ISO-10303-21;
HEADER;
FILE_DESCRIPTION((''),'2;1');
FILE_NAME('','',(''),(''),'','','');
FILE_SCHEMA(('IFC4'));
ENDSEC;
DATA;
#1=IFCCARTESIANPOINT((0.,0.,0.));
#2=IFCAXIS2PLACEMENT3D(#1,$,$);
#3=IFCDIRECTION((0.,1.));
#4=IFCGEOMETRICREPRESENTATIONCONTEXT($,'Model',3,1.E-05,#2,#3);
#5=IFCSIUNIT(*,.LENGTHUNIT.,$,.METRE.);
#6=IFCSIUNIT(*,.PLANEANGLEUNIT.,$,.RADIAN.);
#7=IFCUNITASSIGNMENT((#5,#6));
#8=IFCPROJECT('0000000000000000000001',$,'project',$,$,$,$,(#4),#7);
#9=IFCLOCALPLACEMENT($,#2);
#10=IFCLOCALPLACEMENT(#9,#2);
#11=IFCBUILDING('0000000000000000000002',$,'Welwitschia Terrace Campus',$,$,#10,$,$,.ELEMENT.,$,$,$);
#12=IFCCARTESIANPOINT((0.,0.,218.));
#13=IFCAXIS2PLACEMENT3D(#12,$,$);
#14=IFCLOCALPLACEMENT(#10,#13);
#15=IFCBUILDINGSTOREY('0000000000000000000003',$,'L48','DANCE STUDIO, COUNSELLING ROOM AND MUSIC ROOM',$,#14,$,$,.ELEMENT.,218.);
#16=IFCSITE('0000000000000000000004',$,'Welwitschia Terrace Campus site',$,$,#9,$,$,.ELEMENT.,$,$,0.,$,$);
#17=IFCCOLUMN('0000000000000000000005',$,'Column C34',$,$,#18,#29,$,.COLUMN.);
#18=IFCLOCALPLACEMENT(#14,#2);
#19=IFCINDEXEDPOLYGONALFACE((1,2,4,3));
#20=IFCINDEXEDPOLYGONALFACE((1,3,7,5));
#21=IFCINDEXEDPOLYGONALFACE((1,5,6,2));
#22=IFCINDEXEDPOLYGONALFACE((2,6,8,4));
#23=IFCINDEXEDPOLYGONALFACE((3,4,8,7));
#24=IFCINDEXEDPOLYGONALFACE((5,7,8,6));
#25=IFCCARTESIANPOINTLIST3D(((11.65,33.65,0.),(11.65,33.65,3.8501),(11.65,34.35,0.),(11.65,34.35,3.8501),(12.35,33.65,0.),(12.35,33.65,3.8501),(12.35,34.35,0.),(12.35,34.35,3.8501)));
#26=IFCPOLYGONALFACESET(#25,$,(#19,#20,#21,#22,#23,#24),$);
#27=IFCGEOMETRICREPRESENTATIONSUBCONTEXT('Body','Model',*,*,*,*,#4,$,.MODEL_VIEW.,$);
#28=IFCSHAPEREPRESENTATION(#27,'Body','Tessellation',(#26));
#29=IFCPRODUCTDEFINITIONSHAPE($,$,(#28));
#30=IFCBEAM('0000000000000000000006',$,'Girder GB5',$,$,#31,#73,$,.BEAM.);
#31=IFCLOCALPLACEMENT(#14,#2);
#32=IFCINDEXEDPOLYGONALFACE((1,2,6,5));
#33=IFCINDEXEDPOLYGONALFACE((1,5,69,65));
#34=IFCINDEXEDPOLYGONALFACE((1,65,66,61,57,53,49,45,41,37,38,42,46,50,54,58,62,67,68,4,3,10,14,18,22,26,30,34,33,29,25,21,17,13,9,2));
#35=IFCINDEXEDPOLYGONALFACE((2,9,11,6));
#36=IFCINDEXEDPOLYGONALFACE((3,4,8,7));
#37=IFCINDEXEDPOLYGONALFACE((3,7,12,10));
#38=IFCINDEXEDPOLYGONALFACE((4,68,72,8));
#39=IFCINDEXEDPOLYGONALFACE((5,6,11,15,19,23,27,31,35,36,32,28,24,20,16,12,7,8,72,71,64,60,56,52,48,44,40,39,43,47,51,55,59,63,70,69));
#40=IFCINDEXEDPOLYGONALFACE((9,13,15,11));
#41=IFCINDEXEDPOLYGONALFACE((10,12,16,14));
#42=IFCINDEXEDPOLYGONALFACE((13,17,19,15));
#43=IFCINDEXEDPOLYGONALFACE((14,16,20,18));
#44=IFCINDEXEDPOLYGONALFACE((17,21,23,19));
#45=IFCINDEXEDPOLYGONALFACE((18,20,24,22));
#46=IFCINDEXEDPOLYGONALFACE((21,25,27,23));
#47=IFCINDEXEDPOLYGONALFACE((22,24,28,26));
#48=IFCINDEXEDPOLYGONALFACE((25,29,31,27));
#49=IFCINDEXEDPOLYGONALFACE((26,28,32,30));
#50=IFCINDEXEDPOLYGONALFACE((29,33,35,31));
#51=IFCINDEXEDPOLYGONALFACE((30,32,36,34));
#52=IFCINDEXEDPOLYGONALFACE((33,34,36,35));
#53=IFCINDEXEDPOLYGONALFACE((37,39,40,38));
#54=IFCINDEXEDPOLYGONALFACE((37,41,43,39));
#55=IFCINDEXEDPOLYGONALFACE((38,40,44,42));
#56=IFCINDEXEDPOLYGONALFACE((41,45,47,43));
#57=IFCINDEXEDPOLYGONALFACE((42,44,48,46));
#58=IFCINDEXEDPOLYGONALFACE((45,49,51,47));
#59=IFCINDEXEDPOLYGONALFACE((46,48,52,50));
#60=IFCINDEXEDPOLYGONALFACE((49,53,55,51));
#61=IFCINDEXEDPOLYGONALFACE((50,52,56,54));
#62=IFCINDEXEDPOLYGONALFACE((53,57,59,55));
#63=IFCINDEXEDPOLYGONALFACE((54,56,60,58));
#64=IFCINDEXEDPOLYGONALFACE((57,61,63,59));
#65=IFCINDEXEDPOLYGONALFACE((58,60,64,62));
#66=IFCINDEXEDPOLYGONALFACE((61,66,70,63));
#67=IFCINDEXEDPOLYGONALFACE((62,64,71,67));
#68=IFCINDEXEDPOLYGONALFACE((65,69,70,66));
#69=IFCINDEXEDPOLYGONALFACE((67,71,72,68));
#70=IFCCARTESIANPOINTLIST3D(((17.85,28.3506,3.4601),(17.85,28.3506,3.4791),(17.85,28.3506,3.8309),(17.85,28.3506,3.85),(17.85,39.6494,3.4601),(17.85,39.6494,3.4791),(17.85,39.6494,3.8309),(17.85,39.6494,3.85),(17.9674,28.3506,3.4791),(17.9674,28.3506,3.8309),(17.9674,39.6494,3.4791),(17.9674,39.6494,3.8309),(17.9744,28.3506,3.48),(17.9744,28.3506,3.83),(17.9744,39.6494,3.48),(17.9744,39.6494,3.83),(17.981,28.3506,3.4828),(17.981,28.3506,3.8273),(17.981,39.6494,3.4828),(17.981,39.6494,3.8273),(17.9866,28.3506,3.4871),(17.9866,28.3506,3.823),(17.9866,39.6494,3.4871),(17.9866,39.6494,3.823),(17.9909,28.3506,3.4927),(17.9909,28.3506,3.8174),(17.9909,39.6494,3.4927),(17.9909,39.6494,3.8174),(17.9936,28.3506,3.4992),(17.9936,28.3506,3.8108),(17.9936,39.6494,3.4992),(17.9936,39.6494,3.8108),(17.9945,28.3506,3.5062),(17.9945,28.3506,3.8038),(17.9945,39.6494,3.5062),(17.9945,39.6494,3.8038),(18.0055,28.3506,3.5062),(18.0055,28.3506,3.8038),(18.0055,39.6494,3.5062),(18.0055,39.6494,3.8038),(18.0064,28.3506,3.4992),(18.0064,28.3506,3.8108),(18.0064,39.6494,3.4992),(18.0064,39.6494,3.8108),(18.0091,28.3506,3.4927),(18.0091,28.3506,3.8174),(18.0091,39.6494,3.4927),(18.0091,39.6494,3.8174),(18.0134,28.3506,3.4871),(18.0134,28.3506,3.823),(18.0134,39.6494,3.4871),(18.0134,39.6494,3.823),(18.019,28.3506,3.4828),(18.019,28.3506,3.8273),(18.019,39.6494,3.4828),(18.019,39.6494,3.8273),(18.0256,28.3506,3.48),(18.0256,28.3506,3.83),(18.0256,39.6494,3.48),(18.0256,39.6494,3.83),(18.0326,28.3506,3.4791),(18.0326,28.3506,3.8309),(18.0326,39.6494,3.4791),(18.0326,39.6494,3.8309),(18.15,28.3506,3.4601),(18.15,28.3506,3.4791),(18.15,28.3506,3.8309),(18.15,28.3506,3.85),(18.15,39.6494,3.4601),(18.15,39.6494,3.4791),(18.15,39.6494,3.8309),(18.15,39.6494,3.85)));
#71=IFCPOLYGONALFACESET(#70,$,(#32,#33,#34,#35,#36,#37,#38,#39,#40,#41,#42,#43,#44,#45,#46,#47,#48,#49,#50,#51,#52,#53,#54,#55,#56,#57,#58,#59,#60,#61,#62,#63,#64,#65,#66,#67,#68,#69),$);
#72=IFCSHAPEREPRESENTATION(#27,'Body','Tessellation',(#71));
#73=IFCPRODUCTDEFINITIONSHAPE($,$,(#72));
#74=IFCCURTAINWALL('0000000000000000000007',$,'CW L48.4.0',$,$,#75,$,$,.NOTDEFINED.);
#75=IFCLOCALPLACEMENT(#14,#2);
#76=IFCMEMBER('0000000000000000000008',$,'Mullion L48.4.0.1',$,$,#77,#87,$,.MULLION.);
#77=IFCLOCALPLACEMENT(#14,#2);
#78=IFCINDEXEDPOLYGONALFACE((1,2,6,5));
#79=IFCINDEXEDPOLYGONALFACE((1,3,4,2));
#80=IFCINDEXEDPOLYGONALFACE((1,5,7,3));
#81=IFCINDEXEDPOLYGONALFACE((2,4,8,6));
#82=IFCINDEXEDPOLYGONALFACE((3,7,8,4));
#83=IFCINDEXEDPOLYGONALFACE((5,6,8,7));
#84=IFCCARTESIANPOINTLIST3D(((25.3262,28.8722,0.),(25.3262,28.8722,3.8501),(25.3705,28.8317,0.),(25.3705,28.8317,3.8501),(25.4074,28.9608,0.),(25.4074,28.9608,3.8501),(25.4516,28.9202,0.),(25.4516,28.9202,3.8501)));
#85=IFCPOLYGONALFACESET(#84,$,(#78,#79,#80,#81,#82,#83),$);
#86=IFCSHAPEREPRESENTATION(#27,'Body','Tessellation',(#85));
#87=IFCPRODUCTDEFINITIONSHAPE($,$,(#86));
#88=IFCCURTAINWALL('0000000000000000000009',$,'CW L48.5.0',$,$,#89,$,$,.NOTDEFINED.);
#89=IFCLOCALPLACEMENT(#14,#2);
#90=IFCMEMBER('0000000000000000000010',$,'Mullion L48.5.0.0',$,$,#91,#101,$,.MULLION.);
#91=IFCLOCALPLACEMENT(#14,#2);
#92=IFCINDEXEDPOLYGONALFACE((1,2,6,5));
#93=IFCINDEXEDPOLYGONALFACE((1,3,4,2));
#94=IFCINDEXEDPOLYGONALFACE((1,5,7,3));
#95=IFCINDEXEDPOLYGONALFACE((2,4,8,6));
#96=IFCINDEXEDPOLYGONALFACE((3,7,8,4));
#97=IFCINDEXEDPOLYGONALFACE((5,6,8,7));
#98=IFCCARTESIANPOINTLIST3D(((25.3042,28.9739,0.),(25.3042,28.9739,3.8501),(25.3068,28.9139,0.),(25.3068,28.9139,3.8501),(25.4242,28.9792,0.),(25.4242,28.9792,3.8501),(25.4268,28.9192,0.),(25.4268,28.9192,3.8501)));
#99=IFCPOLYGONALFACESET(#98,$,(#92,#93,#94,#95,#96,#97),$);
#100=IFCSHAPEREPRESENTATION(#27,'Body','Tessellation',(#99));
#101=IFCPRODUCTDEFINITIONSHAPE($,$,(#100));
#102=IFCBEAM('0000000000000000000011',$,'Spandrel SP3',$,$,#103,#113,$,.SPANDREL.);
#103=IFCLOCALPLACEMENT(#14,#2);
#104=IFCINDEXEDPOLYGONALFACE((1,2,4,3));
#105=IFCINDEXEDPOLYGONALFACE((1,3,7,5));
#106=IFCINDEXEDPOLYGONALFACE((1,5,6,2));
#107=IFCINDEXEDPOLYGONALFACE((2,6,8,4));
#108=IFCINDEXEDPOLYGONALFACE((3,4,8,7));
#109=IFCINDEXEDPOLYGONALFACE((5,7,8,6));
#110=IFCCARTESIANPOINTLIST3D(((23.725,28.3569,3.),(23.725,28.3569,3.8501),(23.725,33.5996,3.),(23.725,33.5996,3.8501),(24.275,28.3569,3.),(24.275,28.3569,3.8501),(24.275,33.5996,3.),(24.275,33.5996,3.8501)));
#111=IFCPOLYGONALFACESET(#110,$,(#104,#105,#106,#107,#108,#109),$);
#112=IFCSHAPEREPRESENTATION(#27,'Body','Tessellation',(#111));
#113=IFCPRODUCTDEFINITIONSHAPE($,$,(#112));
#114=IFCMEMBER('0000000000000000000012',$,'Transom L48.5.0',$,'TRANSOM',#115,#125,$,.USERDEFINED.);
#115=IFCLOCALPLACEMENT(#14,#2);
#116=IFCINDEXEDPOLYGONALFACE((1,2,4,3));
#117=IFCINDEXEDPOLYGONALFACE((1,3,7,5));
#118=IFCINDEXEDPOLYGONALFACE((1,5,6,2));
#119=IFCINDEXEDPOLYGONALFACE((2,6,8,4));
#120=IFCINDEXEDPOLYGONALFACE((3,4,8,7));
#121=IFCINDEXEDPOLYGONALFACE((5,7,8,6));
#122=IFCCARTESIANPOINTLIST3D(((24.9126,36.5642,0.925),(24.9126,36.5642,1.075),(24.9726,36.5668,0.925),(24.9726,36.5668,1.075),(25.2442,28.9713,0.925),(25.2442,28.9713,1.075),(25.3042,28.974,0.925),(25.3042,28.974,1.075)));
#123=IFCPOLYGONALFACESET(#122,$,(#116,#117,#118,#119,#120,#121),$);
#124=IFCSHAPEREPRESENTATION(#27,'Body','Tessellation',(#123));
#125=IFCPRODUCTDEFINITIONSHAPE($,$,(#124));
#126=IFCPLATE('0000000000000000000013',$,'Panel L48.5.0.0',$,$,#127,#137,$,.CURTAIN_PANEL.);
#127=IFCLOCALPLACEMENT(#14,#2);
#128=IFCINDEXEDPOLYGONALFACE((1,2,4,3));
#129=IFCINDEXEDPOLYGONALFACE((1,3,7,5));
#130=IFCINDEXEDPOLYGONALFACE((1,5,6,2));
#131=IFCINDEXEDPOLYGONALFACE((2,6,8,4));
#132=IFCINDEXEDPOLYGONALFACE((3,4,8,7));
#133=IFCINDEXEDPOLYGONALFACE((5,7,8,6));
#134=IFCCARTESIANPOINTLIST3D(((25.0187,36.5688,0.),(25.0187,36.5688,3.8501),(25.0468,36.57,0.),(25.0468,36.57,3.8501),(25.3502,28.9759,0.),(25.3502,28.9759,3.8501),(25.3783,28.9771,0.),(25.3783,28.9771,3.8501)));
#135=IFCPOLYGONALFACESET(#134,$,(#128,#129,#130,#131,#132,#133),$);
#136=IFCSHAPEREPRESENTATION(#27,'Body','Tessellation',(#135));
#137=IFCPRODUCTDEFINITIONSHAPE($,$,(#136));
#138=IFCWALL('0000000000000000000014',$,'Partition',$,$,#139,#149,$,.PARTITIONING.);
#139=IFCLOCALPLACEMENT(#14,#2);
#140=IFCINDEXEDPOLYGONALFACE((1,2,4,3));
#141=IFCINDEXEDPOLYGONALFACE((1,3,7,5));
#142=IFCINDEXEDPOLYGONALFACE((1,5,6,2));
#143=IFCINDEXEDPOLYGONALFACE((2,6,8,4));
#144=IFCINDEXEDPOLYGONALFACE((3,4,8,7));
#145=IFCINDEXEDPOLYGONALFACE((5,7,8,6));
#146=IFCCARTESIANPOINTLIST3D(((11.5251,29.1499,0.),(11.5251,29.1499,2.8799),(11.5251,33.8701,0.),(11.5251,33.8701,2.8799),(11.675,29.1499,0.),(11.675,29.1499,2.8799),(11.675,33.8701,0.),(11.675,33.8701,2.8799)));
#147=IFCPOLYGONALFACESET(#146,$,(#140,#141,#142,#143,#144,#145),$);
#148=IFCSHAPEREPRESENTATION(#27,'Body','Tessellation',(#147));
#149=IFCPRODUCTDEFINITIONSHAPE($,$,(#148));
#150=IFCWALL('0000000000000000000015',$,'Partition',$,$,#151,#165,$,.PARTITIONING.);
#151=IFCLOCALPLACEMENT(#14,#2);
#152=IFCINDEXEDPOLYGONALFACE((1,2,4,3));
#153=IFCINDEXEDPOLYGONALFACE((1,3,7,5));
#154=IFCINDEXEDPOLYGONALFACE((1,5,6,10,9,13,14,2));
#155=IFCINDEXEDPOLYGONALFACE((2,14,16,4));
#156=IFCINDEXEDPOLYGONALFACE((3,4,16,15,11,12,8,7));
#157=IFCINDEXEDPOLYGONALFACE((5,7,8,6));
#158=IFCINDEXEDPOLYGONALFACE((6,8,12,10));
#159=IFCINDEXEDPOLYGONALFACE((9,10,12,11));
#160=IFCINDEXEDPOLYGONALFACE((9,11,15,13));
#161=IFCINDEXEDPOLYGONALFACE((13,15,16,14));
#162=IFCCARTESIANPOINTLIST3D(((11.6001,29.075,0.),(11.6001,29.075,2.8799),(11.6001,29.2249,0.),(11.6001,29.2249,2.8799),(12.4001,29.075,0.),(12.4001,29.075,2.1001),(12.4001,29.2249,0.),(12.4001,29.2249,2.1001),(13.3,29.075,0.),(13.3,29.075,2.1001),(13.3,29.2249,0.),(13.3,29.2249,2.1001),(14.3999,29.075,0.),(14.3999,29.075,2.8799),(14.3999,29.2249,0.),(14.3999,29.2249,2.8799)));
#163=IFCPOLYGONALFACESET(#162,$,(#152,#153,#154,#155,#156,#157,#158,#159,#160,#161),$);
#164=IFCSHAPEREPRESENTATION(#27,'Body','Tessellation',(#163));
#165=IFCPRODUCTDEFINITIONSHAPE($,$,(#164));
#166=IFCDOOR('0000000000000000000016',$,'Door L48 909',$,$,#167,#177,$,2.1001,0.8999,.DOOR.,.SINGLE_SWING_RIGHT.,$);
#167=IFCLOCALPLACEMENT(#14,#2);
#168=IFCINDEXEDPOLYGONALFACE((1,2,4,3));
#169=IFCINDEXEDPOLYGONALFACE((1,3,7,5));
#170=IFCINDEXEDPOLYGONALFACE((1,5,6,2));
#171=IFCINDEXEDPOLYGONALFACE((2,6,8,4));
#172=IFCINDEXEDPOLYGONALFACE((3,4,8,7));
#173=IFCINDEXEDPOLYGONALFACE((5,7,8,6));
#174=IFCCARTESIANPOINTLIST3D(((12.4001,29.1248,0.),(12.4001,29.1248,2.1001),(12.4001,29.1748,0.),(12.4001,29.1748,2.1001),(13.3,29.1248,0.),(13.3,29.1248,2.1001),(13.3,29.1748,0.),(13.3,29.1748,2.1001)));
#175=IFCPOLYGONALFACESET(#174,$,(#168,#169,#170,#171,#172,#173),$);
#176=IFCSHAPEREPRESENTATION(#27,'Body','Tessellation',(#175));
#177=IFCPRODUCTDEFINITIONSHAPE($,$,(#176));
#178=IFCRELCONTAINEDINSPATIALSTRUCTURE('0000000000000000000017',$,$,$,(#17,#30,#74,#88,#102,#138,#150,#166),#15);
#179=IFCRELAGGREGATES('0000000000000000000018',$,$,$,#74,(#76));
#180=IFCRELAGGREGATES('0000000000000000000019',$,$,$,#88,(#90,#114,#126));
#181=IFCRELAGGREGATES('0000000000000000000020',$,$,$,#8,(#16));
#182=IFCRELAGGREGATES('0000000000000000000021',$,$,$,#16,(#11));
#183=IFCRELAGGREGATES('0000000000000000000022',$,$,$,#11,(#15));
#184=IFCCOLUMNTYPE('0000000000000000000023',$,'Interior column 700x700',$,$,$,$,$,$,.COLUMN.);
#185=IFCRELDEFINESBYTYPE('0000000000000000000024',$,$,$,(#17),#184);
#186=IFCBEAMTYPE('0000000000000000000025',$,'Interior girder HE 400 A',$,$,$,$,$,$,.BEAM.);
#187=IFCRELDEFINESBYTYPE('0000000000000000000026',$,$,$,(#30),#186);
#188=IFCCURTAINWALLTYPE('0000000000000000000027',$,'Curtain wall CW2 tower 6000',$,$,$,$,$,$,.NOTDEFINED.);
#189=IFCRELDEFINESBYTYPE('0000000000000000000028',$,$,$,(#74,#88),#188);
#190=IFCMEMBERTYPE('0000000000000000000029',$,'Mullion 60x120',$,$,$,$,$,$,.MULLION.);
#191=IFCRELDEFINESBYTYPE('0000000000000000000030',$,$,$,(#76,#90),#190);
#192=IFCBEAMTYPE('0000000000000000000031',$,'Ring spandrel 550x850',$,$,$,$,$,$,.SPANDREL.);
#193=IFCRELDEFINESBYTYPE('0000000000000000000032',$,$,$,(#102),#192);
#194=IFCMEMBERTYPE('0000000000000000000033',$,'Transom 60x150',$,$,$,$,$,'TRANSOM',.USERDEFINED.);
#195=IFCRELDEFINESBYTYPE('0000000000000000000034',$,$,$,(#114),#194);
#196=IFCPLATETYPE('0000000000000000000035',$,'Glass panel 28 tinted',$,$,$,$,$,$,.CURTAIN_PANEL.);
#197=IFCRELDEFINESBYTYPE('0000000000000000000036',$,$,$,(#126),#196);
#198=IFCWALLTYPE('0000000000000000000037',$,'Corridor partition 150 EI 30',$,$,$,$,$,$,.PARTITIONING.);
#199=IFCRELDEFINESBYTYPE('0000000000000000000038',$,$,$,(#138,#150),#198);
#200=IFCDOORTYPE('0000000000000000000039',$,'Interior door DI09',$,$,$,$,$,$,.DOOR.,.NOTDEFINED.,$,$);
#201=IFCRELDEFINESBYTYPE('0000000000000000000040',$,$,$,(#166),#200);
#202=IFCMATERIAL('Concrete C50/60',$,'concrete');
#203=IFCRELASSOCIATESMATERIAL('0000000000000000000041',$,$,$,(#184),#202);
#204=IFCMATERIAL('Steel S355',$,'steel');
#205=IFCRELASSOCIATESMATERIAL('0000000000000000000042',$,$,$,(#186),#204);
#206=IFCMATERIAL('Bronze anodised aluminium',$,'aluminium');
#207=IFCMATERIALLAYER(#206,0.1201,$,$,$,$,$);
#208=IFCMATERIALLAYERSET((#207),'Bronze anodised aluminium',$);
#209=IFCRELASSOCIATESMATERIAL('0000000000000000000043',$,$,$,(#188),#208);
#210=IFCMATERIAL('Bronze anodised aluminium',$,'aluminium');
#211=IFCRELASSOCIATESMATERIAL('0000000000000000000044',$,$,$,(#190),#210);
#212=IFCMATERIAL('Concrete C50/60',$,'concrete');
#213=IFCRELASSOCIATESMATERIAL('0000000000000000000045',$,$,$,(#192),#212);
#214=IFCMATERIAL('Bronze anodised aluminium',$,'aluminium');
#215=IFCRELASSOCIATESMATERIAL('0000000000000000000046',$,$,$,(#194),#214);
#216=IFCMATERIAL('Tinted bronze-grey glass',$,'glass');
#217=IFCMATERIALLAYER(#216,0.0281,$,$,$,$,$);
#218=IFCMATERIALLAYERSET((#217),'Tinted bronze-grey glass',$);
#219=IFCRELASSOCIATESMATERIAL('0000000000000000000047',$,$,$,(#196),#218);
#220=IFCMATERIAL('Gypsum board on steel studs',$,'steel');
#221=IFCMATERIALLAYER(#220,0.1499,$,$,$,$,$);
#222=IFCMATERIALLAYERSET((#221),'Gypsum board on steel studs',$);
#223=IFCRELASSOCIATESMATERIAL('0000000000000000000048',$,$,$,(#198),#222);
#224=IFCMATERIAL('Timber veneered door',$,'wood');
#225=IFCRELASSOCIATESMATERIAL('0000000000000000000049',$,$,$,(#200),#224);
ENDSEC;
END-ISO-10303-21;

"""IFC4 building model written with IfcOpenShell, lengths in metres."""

from ifc_helpers import new_model, si_unit, direction, frame, frame_2d, origin, origin_2d, place, context, subcontext, project, spatial, rectangle, i_section, extrude, material, layer, layer_set, material_profile, profile_set, type_object, element, fill, aggregate, save


model = new_model("IFC4")

# Units and contexts
model_context = context("Model", 3, precision=1e-05, world=origin(), true_north=direction((0.0, 1.0)))
body_context = subcontext(model_context, "Body", "Model", "MODEL_VIEW")
ifc_project = project(units=[si_unit("LENGTHUNIT", "METRE"), si_unit("PLANEANGLEUNIT", "RADIAN")], contexts=[model_context])

# Site, building, storey
site_placement = place(None, origin())
site = spatial("IfcSite", under=ifc_project, at=site_placement, Name="Welwitschia Terrace Campus site", CompositionType="ELEMENT", RefElevation=0.0)
building_placement = place(site_placement, origin())
building = spatial("IfcBuilding", under=site, at=building_placement, Name="Welwitschia Terrace Campus", CompositionType="ELEMENT")
storey_placement = place(building_placement, frame((0.0, 0.0, 218.0)))
storey = spatial("IfcBuildingStorey", under=building, at=storey_placement, Name="L48", Description="DANCE STUDIO, COUNSELLING ROOM AND MUSIC ROOM", CompositionType="ELEMENT", Elevation=218.0)

# Column
ifc_material_1 = material(Name="Concrete C50/60", Category="concrete")
ifc_material_profile_1 = material_profile(ifc_material_1, rectangle(XDim=0.7, YDim=0.7, at=origin_2d()))
ifc_profile_set_1 = profile_set([ifc_material_profile_1], Name="Concrete C50/60")
column_type = type_object("IfcColumnType", Name="Interior column 700x700", PredefinedType="COLUMN", material=ifc_profile_set_1)
column_placement = place(storey_placement, frame((12.0, 34.0, 0.0), z_axis=(0.0, 0.0, 1.0), x_axis=(1.0, 0.0, 0.0)))
element("IfcColumn", 1, at=column_placement, inside=storey, type_object=column_type, Name="Column C34", PredefinedType="COLUMN", context=body_context, shape_type="SweptSolid", body=[
    extrude(rectangle(XDim=0.7, YDim=0.7, at=origin_2d()), origin(), (0.0, 0.0, 1.0), 3.8501),
])

# Beam
ifc_material_2 = material(Name="Steel S355", Category="steel")
ifc_material_profile_2 = material_profile(ifc_material_2, i_section(OverallWidth=0.3, OverallDepth=0.3899, WebThickness=0.011, FlangeThickness=0.019, FilletRadius=0.0271, at=origin_2d()))
ifc_profile_set_2 = profile_set([ifc_material_profile_2], Name="Steel S355")
beam_type_1 = type_object("IfcBeamType", Name="Interior girder HE 400 A", PredefinedType="BEAM", material=ifc_profile_set_2)
beam_1_placement = place(storey_placement, frame((18.0, 28.3506, 3.655), z_axis=(0.0, 1.0, 0.0), x_axis=(-1.0, 0.0, 0.0)))
element("IfcBeam", 2, at=beam_1_placement, inside=storey, type_object=beam_type_1, Name="Girder GB5", PredefinedType="BEAM", context=body_context, shape_type="SweptSolid", body=[
    extrude(i_section(OverallWidth=0.3, OverallDepth=0.3899, WebThickness=0.011, FlangeThickness=0.019, FilletRadius=0.0271, at=origin_2d()), origin(), (0.0, 0.0, 1.0), 11.2988),
])

# Curtain walls, members
ifc_material_3 = material(Name="Bronze anodised aluminium", Category="aluminium")
ifc_layer_1 = layer(ifc_material_3, 0.1201)
ifc_layer_set_1 = layer_set([ifc_layer_1], Name="Bronze anodised aluminium")
curtain_wall_type = type_object("IfcCurtainWallType", Name="Curtain wall CW2 tower 6000", PredefinedType="NOTDEFINED", material=ifc_layer_set_1)
curtain_wall_1_placement = place(storey_placement, origin())
curtain_wall_1 = element("IfcCurtainWall", 3, at=curtain_wall_1_placement, inside=storey, type_object=curtain_wall_type, Name="CW L48.4.0", PredefinedType="NOTDEFINED")
ifc_material_4 = material(Name="Bronze anodised aluminium", Category="aluminium")
ifc_material_profile_3 = material_profile(ifc_material_4, rectangle(XDim=0.1201, YDim=0.0601, at=origin_2d()))
ifc_profile_set_3 = profile_set([ifc_material_profile_3], Name="Bronze anodised aluminium")
member_type_1 = type_object("IfcMemberType", Name="Mullion 60x120", PredefinedType="MULLION", material=ifc_profile_set_3)
member_1_placement = place(storey_placement, frame((25.3889, 28.8962, 0.0), z_axis=(0.0, 0.0, 1.0), x_axis=(-0.67559, -0.737277, 0.0)))
member_1 = element("IfcMember", 4, at=member_1_placement, type_object=member_type_1, Name="Mullion L48.4.0.1", PredefinedType="MULLION", context=body_context, shape_type="SweptSolid", body=[
    extrude(rectangle(XDim=0.1201, YDim=0.0601, at=origin_2d()), origin(), (0.0, 0.0, 1.0), 3.8501),
])
aggregate(curtain_wall_1, [member_1])
curtain_wall_2_placement = place(storey_placement, origin())
curtain_wall_2 = element("IfcCurtainWall", 5, at=curtain_wall_2_placement, inside=storey, type_object=curtain_wall_type, Name="CW L48.5.0", PredefinedType="NOTDEFINED")
member_2_placement = place(storey_placement, frame((25.3655, 28.9465, 0.0), z_axis=(0.0, 0.0, 1.0), x_axis=(-0.999048, -0.043619, 0.0)))
member_2 = element("IfcMember", 6, at=member_2_placement, type_object=member_type_1, Name="Mullion L48.5.0.0", PredefinedType="MULLION", context=body_context, shape_type="SweptSolid", body=[
    extrude(rectangle(XDim=0.1201, YDim=0.0601, at=origin_2d()), origin(), (0.0, 0.0, 1.0), 3.8501),
])

# Beam
ifc_material_5 = material(Name="Concrete C50/60", Category="concrete")
ifc_material_profile_4 = material_profile(ifc_material_5, rectangle(XDim=0.55, YDim=0.8501, at=origin_2d()))
ifc_profile_set_4 = profile_set([ifc_material_profile_4], Name="Concrete C50/60")
beam_type_2 = type_object("IfcBeamType", Name="Ring spandrel 550x850", PredefinedType="SPANDREL", material=ifc_profile_set_4)
beam_2_placement = place(storey_placement, frame((24.0, 28.3569, 3.425), z_axis=(0.0, 1.0, 0.0), x_axis=(-1.0, 0.0, 0.0)))
element("IfcBeam", 7, at=beam_2_placement, inside=storey, type_object=beam_type_2, Name="Spandrel SP3", PredefinedType="SPANDREL", context=body_context, shape_type="SweptSolid", body=[
    extrude(rectangle(XDim=0.55, YDim=0.8501, at=origin_2d()), origin(), (0.0, 0.0, 1.0), 5.2427),
])

# Member
ifc_material_6 = material(Name="Bronze anodised aluminium", Category="aluminium")
ifc_material_profile_5 = material_profile(ifc_material_6, rectangle(XDim=0.0601, YDim=0.1499, at=origin_2d()))
ifc_profile_set_5 = profile_set([ifc_material_profile_5], Name="Bronze anodised aluminium")
member_type_2 = type_object("IfcMemberType", Name="Transom 60x150", ElementType="TRANSOM", PredefinedType="USERDEFINED", material=ifc_profile_set_5)
member_3_placement = place(storey_placement, frame((25.2742, 28.9727, 1.0), z_axis=(-0.043624, 0.999048, 0.0), x_axis=(-0.999048, -0.043624, 0.0)))
member_3 = element("IfcMember", 8, at=member_3_placement, type_object=member_type_2, Name="Transom L48.5.0", ObjectType="TRANSOM", PredefinedType="USERDEFINED", context=body_context, shape_type="SweptSolid", body=[
    extrude(rectangle(XDim=0.0601, YDim=0.1499, at=origin_2d()), origin(), (0.0, 0.0, 1.0), 7.6001),
])

# Plate
ifc_material_7 = material(Name="Tinted bronze-grey glass", Category="glass")
ifc_layer_2 = layer(ifc_material_7, 0.0281)
ifc_layer_set_2 = layer_set([ifc_layer_2], Name="Tinted bronze-grey glass")
plate_type = type_object("IfcPlateType", Name="Glass panel 28 tinted", PredefinedType="CURTAIN_PANEL", material=ifc_layer_set_2)
plate_placement = place(storey_placement, frame((25.1985, 32.7729, 0.0), z_axis=(0.0, 0.0, 1.0), x_axis=(-0.043619, 0.999048, 0.0)))
plate = element("IfcPlate", 9, at=plate_placement, type_object=plate_type, Name="Panel L48.5.0.0", PredefinedType="CURTAIN_PANEL", context=body_context, shape_type="SweptSolid", body=[
    extrude(rectangle(XDim=7.6001, YDim=0.0281, at=origin_2d()), origin(), (0.0, 0.0, 1.0), 3.8501),
])
aggregate(curtain_wall_2, [member_2, member_3, plate])

# Wall
ifc_material_8 = material(Name="Gypsum board on steel studs", Category="steel")
ifc_layer_3 = layer(ifc_material_8, 0.1499)
ifc_layer_set_3 = layer_set([ifc_layer_3], Name="Gypsum board on steel studs")
wall_type = type_object("IfcWallType", Name="Corridor partition 150 EI 30", PredefinedType="PARTITIONING", material=ifc_layer_set_3)
wall_1_placement = place(storey_placement, frame((11.6001, 29.1499, 0.0), z_axis=(0.0, 0.0, 1.0), x_axis=(0.0, 1.0, 0.0)))
element("IfcWall", 10, at=wall_1_placement, inside=storey, type_object=wall_type, Name="Partition", PredefinedType="PARTITIONING", context=body_context, shape_type="SweptSolid", body=[
    extrude(rectangle(XDim=4.7202, YDim=0.1499, at=frame_2d((2.3601, 0.0))), origin(), (0.0, 0.0, 1.0), 2.8799),
])

# Wall, opening, door
wall_2_placement = place(storey_placement, frame((11.6001, 29.1499, 0.0), z_axis=(0.0, 0.0, 1.0), x_axis=(1.0, 0.0, 0.0)))
wall_2 = element("IfcWall", 11, at=wall_2_placement, inside=storey, type_object=wall_type, Name="Partition", PredefinedType="PARTITIONING", context=body_context, shape_type="SweptSolid", body=[
    extrude(rectangle(XDim=2.7998, YDim=0.1499, at=frame_2d((1.3999, 0.0))), origin(), (0.0, 0.0, 1.0), 2.8799),
])
opening_1_placement = place(wall_2_placement, frame((0.8, 0.0, 0.0)))
opening_1 = element("IfcOpeningElement", 12, at=opening_1_placement, cuts=wall_2, PredefinedType="OPENING", context=body_context, shape_type="SweptSolid", body=[
    extrude(rectangle(XDim=0.8999, YDim=2.1001, at=frame_2d((0.45, 1.05))), frame((0.0, 0.085, 0.0), z_axis=(0.0, -1.0, 0.0), x_axis=(1.0, 0.0, 0.0)), (0.0, 0.0, 1.0), 0.1699),
])
ifc_material_9 = material(Name="Timber veneered door", Category="wood")
door_type = type_object("IfcDoorType", Name="Interior door DI09", OperationType="NOTDEFINED", PredefinedType="DOOR", material=ifc_material_9)
door_1_placement = place(opening_1_placement, origin())
door_1 = element("IfcDoor", 13, at=door_1_placement, inside=storey, type_object=door_type, Name="Door L48 909", OperationType="SINGLE_SWING_RIGHT", OverallHeight=2.1001, OverallWidth=0.8999, PredefinedType="DOOR", context=body_context, shape_type="SweptSolid", body=[
    extrude(rectangle(XDim=0.8999, YDim=2.1001, at=frame_2d((0.45, 1.05))), frame((0.0, 0.0249, 0.0), z_axis=(0.0, -1.0, 0.0), x_axis=(1.0, 0.0, 0.0)), (0.0, 0.0, 1.0), 0.05),
])
fill(opening_1, door_1)

save(model, "model.ifc")
